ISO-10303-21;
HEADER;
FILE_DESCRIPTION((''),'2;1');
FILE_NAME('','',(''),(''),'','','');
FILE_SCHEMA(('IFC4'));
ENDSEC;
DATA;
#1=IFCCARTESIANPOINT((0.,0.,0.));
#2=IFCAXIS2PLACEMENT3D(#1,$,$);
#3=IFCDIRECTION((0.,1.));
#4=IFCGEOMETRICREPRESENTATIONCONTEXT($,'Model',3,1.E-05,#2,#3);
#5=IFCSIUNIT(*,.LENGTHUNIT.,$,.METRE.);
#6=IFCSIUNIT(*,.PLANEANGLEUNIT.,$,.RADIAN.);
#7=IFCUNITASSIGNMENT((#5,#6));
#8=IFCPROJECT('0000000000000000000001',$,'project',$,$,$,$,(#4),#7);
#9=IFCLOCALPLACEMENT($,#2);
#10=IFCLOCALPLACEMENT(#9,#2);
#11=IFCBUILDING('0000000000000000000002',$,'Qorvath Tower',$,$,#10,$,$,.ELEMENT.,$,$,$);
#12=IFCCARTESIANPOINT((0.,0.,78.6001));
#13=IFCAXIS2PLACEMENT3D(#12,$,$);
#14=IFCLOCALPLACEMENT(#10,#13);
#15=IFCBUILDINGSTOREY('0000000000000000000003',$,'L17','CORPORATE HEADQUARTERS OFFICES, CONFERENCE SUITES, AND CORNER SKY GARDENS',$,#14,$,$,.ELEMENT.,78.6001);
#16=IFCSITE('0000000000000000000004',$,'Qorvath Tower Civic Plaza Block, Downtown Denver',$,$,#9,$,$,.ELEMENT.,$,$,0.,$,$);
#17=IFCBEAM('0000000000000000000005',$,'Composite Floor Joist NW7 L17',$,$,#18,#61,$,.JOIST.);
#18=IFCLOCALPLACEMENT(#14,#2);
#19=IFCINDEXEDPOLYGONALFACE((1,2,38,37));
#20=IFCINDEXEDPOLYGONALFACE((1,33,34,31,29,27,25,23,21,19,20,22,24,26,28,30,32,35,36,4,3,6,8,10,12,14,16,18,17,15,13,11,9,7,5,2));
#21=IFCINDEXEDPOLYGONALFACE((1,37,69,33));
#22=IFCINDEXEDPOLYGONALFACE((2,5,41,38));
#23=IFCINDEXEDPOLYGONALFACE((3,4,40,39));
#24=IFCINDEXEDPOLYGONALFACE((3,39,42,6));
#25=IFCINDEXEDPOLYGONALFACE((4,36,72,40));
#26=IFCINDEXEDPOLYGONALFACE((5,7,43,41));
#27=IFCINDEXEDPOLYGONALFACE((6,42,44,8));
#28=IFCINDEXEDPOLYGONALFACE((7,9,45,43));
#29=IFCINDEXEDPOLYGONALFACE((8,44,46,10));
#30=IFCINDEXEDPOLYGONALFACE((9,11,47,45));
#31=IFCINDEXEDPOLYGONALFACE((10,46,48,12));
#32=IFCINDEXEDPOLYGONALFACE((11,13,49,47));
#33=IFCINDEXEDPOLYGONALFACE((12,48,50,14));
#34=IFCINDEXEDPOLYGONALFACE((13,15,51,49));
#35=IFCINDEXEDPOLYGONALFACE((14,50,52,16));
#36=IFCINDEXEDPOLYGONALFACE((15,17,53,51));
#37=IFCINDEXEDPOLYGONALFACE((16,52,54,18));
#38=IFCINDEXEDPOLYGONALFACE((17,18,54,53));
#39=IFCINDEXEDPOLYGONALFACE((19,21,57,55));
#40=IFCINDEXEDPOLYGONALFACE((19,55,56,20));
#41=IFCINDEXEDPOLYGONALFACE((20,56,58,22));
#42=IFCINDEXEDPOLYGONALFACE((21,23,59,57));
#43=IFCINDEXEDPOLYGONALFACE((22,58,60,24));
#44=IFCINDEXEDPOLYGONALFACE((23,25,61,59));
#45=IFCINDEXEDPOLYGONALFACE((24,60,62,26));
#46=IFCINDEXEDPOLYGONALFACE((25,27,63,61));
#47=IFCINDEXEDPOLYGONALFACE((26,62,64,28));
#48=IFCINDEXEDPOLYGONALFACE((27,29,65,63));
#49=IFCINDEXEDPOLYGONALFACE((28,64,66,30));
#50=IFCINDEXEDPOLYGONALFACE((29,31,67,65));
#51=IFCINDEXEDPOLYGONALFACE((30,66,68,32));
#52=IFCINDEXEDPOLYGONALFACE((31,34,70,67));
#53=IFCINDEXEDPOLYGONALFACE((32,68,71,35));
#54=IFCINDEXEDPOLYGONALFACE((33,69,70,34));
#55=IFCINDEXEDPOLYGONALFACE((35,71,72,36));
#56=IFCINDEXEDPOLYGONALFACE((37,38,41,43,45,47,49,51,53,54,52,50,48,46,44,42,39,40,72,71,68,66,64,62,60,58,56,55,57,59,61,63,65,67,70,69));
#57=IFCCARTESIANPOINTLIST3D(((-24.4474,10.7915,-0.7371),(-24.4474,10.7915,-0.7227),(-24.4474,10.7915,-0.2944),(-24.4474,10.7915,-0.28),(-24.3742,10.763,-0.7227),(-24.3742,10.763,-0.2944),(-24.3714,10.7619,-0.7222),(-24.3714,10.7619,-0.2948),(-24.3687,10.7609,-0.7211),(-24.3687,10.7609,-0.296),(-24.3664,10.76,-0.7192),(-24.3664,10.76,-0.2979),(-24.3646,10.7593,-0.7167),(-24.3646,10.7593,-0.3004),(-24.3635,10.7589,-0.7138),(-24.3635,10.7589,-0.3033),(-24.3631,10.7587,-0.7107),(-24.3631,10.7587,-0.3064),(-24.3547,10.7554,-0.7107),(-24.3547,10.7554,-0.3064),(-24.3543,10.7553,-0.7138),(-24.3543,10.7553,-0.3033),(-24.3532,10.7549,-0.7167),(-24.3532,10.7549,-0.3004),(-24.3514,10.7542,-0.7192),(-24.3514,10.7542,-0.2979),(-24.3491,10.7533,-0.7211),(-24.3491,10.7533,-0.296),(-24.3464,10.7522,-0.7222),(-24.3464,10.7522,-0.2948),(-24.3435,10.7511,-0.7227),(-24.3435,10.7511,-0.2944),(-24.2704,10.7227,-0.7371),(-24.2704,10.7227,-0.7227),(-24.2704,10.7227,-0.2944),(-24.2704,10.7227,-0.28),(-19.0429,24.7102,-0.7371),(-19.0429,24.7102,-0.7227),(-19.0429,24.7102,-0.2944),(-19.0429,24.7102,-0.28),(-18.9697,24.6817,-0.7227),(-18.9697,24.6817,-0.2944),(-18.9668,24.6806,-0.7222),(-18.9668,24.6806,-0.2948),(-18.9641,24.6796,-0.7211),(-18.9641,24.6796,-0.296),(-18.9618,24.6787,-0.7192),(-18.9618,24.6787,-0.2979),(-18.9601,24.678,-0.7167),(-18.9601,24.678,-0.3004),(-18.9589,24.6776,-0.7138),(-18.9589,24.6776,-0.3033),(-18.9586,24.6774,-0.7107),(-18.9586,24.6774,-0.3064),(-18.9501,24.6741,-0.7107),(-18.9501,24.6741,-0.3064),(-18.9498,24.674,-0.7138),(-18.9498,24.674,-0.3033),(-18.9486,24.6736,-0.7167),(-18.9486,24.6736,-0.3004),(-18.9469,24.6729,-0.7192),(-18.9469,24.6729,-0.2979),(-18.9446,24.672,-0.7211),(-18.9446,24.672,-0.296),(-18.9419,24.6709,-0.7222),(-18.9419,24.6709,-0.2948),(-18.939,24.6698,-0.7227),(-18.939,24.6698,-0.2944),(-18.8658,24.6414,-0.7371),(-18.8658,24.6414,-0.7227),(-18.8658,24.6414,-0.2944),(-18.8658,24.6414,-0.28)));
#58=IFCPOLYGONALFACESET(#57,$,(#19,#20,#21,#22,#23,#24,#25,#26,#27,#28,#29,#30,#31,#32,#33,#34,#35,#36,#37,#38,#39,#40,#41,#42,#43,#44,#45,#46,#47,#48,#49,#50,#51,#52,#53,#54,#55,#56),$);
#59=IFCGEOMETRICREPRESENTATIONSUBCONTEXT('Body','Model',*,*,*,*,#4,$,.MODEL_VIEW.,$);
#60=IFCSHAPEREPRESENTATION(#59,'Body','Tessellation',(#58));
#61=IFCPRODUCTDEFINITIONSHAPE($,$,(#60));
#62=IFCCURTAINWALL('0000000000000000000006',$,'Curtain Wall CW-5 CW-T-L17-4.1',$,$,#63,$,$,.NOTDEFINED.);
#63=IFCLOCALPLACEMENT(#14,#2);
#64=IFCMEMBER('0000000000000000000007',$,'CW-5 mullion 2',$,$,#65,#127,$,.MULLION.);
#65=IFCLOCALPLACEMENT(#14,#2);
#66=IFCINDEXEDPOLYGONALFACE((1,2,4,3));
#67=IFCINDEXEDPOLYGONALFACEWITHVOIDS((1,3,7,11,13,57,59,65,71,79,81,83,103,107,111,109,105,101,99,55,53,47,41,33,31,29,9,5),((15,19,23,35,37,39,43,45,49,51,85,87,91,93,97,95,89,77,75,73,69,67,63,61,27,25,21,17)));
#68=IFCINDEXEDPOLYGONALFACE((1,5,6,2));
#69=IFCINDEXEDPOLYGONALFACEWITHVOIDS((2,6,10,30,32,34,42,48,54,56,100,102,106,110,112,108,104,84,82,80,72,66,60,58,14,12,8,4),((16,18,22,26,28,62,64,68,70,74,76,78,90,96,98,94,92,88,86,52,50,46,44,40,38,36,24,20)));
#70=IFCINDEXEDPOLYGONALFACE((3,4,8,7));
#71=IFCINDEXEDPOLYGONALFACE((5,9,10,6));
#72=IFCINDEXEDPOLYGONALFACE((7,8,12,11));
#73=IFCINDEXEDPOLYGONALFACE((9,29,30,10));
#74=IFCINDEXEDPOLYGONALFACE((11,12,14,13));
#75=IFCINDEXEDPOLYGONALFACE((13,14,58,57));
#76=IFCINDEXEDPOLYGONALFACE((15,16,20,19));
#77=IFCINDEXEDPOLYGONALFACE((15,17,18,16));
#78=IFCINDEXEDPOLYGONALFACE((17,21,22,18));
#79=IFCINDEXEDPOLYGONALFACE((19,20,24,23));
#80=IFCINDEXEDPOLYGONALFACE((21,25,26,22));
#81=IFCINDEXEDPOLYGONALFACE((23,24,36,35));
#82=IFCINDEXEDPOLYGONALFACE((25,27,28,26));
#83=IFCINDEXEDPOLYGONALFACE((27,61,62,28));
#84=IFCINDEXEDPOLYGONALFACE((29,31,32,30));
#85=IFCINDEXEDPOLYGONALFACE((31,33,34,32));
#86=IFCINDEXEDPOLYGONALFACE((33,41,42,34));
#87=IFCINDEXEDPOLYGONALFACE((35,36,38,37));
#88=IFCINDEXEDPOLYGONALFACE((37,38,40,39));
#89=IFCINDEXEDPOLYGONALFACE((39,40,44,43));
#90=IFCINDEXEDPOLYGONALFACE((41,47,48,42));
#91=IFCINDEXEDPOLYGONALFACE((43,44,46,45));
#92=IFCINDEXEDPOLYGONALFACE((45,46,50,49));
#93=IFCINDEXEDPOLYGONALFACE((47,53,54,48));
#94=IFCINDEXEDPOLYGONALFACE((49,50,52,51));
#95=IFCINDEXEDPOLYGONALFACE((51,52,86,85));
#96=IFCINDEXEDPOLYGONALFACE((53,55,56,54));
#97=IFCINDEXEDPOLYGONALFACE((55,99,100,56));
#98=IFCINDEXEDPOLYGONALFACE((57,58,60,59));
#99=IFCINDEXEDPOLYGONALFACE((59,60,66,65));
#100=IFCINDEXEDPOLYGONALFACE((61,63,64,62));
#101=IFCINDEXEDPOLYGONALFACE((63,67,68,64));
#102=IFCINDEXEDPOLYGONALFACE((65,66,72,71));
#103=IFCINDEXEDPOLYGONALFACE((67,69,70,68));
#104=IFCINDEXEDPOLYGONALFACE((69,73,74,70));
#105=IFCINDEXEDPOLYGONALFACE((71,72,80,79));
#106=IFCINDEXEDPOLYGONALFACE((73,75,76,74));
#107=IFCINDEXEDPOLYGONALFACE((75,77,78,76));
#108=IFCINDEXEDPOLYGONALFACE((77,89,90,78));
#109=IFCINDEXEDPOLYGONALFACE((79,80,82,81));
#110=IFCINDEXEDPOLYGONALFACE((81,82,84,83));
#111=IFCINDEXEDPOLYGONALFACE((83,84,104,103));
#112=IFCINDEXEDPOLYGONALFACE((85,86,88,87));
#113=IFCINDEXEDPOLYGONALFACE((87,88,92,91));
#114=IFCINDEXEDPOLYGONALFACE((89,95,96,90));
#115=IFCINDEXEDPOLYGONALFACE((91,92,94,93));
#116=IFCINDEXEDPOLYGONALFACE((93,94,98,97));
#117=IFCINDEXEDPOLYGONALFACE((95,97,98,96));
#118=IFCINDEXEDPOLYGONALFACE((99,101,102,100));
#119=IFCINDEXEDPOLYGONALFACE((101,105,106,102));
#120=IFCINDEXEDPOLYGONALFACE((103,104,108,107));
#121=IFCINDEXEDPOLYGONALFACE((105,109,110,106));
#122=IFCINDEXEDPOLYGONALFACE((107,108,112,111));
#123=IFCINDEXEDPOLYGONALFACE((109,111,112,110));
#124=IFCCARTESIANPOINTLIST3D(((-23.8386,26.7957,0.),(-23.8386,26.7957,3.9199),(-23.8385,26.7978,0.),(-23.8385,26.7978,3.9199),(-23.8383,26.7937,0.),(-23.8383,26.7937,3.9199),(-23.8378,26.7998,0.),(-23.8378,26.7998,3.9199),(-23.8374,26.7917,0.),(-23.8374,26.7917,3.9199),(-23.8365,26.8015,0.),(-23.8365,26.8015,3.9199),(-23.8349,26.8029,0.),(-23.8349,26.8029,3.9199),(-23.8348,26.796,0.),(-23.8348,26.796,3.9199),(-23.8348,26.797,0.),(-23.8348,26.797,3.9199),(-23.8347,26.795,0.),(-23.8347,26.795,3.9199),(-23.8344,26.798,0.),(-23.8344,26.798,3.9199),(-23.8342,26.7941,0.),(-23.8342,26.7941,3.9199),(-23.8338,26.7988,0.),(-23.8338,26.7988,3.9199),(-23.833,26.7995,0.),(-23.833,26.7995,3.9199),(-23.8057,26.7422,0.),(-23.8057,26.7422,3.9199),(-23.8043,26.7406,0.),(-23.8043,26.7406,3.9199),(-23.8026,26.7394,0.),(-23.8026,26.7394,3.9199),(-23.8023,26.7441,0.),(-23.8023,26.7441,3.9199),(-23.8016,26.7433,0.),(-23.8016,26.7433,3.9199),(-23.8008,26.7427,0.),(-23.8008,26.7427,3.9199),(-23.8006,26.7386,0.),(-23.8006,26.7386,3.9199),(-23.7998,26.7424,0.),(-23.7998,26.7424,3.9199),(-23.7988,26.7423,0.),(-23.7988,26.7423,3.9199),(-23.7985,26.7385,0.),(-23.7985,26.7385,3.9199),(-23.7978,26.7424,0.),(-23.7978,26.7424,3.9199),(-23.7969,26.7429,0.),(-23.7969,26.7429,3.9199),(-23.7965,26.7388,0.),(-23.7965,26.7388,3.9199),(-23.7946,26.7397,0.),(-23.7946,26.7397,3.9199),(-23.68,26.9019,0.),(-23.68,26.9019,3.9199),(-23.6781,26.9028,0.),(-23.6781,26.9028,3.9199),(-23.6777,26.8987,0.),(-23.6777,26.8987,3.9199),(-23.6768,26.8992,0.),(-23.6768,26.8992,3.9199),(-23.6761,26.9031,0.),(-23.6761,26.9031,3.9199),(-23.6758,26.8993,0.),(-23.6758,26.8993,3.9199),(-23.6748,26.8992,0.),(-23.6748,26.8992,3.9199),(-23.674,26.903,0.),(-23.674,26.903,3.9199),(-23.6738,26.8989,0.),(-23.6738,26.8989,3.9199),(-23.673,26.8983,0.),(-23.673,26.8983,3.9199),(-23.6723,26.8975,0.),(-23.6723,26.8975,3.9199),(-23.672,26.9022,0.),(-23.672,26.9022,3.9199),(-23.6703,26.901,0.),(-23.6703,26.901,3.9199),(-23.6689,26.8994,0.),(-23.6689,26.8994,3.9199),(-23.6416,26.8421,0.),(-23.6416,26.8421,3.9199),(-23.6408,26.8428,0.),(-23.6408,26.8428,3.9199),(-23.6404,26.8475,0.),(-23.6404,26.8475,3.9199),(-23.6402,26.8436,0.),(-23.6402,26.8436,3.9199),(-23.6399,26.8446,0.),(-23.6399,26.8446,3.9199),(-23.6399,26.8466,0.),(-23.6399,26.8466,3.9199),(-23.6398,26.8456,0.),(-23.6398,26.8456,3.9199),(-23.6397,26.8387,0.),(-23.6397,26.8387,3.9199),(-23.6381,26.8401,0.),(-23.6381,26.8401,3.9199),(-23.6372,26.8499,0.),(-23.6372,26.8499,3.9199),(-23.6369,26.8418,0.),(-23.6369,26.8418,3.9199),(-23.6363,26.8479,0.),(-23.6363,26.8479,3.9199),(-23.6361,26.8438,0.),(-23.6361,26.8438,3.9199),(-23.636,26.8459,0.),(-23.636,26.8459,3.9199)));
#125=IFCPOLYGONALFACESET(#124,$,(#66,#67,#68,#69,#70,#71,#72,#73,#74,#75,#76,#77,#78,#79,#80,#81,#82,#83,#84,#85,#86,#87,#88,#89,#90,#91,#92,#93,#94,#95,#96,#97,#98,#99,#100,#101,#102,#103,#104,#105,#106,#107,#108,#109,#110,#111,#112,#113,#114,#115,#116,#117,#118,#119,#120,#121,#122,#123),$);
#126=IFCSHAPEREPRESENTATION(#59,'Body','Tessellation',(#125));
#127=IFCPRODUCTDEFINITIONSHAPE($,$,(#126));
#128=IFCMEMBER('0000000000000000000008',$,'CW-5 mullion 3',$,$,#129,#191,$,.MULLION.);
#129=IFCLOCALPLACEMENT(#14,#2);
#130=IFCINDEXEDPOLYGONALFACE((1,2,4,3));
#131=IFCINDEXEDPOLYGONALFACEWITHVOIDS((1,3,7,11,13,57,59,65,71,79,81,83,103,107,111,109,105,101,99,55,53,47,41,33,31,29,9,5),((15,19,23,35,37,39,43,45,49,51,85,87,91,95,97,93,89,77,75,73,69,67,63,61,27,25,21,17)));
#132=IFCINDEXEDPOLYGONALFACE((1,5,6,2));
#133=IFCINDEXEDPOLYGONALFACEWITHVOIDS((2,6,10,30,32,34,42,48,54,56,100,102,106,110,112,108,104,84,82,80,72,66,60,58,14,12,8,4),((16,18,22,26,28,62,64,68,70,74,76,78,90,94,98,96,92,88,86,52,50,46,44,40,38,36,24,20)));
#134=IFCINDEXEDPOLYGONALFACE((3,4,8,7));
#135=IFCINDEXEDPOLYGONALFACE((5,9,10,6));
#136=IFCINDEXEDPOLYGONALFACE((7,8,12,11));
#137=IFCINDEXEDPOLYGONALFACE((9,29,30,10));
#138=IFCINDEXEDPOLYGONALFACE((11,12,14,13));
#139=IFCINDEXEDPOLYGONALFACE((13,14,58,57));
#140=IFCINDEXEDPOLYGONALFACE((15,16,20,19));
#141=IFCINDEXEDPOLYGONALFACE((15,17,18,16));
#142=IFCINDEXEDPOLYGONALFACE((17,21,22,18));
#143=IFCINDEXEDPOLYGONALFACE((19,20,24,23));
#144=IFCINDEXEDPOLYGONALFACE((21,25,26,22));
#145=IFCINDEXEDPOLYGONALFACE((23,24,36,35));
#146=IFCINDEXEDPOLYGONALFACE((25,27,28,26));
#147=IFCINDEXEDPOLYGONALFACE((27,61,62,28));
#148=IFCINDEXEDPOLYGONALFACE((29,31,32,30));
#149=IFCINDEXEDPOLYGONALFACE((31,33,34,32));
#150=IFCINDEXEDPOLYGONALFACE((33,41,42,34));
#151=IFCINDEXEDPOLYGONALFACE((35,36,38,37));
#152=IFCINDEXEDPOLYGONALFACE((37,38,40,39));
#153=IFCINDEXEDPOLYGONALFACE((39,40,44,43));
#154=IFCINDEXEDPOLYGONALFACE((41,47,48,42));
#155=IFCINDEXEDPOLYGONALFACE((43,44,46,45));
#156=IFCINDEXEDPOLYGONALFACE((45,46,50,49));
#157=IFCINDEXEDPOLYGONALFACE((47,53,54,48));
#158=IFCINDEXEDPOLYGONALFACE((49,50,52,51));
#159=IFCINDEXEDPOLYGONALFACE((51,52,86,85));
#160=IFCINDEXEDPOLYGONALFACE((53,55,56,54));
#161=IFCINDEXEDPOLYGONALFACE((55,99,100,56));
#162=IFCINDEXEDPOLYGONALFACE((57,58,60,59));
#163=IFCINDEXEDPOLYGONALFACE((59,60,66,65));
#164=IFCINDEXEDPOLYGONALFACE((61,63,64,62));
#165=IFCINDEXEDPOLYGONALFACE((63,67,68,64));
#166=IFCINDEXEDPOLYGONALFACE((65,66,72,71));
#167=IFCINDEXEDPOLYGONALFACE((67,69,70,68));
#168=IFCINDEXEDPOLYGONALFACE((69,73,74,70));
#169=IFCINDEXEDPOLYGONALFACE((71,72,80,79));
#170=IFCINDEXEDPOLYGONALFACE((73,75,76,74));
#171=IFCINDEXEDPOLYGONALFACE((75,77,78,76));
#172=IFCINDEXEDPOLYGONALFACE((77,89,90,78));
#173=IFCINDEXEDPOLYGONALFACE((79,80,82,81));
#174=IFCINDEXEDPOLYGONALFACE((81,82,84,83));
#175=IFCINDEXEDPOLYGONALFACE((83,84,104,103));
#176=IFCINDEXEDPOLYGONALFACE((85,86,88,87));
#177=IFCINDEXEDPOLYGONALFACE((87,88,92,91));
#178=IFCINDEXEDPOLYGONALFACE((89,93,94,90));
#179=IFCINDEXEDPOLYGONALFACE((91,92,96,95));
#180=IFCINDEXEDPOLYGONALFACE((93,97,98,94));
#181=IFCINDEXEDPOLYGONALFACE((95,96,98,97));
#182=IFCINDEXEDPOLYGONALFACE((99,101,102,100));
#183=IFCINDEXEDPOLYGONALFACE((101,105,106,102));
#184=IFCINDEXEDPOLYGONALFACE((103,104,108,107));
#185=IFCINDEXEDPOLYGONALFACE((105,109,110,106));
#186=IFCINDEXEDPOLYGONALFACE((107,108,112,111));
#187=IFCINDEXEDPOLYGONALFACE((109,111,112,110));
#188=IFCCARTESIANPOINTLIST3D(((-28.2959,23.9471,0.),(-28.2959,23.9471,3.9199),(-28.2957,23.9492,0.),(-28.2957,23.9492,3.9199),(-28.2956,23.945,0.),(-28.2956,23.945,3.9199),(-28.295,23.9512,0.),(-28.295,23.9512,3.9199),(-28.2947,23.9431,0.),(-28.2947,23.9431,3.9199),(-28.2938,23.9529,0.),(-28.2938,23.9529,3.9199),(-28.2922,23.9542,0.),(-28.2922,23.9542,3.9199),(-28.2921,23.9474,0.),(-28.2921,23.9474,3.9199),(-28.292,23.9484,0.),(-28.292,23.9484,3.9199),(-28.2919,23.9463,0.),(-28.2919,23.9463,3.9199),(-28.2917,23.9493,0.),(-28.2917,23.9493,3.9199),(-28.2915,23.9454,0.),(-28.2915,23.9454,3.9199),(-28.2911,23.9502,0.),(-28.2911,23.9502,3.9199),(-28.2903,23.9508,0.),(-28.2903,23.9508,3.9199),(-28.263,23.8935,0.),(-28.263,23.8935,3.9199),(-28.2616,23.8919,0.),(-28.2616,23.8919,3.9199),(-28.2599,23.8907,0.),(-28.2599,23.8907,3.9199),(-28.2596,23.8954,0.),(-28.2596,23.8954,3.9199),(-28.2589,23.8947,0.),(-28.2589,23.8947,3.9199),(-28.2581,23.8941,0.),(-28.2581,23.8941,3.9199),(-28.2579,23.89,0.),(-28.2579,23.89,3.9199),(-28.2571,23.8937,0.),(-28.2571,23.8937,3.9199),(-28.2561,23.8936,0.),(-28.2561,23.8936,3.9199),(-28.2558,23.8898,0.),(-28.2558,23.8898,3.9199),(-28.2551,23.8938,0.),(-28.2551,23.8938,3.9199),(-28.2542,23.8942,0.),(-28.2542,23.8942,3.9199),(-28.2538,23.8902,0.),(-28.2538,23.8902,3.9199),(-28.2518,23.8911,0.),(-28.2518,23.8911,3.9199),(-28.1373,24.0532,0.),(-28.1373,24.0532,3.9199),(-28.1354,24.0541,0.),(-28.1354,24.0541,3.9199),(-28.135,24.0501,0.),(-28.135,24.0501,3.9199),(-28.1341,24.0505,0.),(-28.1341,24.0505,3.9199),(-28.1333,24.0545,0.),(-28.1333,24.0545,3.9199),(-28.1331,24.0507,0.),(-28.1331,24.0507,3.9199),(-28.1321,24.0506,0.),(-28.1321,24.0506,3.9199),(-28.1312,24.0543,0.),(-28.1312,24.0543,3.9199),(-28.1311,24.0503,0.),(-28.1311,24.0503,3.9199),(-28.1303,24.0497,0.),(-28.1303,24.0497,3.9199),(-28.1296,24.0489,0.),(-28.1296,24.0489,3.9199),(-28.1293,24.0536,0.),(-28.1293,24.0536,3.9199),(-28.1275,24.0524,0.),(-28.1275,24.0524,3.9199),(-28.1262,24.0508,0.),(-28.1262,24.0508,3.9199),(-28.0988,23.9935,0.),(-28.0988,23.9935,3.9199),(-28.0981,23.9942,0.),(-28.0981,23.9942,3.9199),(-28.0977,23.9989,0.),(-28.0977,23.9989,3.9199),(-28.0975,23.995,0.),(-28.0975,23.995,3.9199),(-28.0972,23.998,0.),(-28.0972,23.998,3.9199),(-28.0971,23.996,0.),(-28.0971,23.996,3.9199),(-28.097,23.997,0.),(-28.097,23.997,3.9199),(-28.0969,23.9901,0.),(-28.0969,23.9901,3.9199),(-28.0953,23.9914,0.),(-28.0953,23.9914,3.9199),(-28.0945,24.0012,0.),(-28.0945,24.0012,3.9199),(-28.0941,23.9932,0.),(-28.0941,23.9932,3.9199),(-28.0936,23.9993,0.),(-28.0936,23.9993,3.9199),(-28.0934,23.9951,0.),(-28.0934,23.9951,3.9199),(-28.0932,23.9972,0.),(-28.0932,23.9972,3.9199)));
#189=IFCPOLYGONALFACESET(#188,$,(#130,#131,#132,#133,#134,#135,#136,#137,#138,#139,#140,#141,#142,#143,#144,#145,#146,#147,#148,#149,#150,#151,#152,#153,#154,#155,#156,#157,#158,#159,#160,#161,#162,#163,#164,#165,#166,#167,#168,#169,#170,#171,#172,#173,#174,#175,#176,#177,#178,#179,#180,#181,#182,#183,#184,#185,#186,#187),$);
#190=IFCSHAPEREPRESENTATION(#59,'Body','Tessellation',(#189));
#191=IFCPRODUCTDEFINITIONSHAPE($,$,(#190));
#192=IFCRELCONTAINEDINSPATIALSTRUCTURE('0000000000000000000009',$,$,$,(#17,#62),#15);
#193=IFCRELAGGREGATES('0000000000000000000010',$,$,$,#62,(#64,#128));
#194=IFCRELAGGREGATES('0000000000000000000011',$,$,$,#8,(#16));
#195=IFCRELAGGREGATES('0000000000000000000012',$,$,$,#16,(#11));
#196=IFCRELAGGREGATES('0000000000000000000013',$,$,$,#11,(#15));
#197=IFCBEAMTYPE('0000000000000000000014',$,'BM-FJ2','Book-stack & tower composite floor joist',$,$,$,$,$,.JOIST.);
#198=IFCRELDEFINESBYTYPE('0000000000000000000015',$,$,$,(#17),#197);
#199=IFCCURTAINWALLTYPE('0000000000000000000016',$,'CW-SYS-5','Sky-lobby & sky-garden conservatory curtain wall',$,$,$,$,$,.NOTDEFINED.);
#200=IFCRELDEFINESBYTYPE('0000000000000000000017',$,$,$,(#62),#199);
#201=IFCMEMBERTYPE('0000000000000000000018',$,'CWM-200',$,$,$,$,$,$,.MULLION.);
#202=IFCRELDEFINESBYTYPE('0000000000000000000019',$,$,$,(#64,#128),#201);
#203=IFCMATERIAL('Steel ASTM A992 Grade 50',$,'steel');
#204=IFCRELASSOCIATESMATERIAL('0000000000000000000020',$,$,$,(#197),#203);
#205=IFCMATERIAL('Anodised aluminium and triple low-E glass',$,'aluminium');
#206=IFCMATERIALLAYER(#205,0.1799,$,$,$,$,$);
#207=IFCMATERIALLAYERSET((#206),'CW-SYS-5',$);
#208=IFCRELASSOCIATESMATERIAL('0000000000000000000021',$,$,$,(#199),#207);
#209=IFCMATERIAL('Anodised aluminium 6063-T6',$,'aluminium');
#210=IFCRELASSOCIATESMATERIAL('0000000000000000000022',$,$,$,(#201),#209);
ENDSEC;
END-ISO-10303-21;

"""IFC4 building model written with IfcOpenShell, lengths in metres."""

from ifc_helpers import new_model, si_unit, direction, frame, origin, origin_2d, place, context, subcontext, project, spatial, hollow_rectangle, i_section, extrude, material, layer, layer_set, material_profile, profile_set, type_object, element, aggregate, save


model = new_model("IFC4")

# Units and contexts
model_context = context("Model", 3, precision=1e-05, world=origin(), true_north=direction((0.0, 1.0)))
body_context = subcontext(model_context, "Body", "Model", "MODEL_VIEW")
ifc_project = project(units=[si_unit("LENGTHUNIT", "METRE"), si_unit("PLANEANGLEUNIT", "RADIAN")], contexts=[model_context])

# Site, building, storey
site_placement = place(None, origin())
site = spatial("IfcSite", under=ifc_project, at=site_placement, Name="Qorvath Tower Civic Plaza Block, Downtown Denver", CompositionType="ELEMENT", RefElevation=0.0)
building_placement = place(site_placement, origin())
building = spatial("IfcBuilding", under=site, at=building_placement, Name="Qorvath Tower", CompositionType="ELEMENT")
storey_placement = place(building_placement, frame((0.0, 0.0, 78.6001)))
storey = spatial("IfcBuildingStorey", under=building, at=storey_placement, Name="L17", Description="CORPORATE HEADQUARTERS OFFICES, CONFERENCE SUITES, AND CORNER SKY GARDENS", CompositionType="ELEMENT", Elevation=78.6001)

# Beam
ifc_material_1 = material(Name="Steel ASTM A992 Grade 50", Category="steel")
ifc_material_profile_1 = material_profile(ifc_material_1, i_section(OverallWidth=0.1899, OverallDepth=0.457, WebThickness=0.009, FlangeThickness=0.0144, FilletRadius=0.012, at=origin_2d()), Name="W18x50")
ifc_profile_set_1 = profile_set([ifc_material_profile_1], Name="Steel ASTM A992 Grade 50")
beam_type_1 = type_object("IfcBeamType", Name="BM-FJ2", Description="Book-stack & tower composite floor joist", PredefinedType="JOIST", material=ifc_profile_set_1)
beam_1_placement = place(storey_placement, frame((-24.3589, 10.7571, -0.5085), z_axis=(0.361964, 0.932192, 0.0), x_axis=(-0.932192, 0.361964, 0.0)))
element("IfcBeam", 1, at=beam_1_placement, inside=storey, type_object=beam_type_1, Name="Composite Floor Joist NW7 L17", PredefinedType="JOIST", context=body_context, shape_type="SweptSolid", body=[
    extrude(i_section(OverallWidth=0.1899, OverallDepth=0.457, WebThickness=0.009, FlangeThickness=0.0144, FilletRadius=0.012, at=origin_2d()), origin(), (0.0, 0.0, 1.0), 14.9312),
])

# Curtain wall, members
ifc_material_2 = material(Name="Anodised aluminium and triple low-E glass", Category="aluminium")
ifc_layer_1 = layer(ifc_material_2, 0.1799)
ifc_layer_set_1 = layer_set([ifc_layer_1], Name="CW-SYS-5")
curtain_wall_type = type_object("IfcCurtainWallType", Name="CW-SYS-5", Description="Sky-lobby & sky-garden conservatory curtain wall", PredefinedType="NOTDEFINED", material=ifc_layer_set_1)
curtain_wall_placement = place(storey_placement, origin())
curtain_wall = element("IfcCurtainWall", 2, at=curtain_wall_placement, inside=storey, type_object=curtain_wall_type, Name="Curtain Wall CW-5 CW-T-L17-4.1", PredefinedType="NOTDEFINED")
ifc_material_3 = material(Name="Anodised aluminium 6063-T6", Category="aluminium")
ifc_material_profile_2 = material_profile(ifc_material_3, hollow_rectangle(XDim=0.075, YDim=0.2, WallThickness=0.0039, InnerFilletRadius=0.0039, OuterFilletRadius=0.0081, at=origin_2d()), Name="CWM 200x75")
ifc_profile_set_2 = profile_set([ifc_material_profile_2], Name="Anodised aluminium 6063-T6")
member_type_1 = type_object("IfcMemberType", Name="CWM-200", PredefinedType="MULLION", material=ifc_profile_set_2)
member_1_placement = place(storey_placement, frame((-23.7373, 26.8208, 0.0), z_axis=(0.0, 0.0, 1.0), x_axis=(0.538533, -0.842604, 0.0)))
member_1 = element("IfcMember", 3, at=member_1_placement, type_object=member_type_1, Name="CW-5 mullion 2", PredefinedType="MULLION", context=body_context, shape_type="SweptSolid", body=[
    extrude(hollow_rectangle(XDim=0.075, YDim=0.2, WallThickness=0.0039, InnerFilletRadius=0.0039, OuterFilletRadius=0.0081, at=origin_2d()), origin(), (0.0, 0.0, 1.0), 3.9199),
])
member_2_placement = place(storey_placement, frame((-28.1946, 23.9722, 0.0), z_axis=(0.0, 0.0, 1.0), x_axis=(0.538533, -0.842604, 0.0)))
member_2 = element("IfcMember", 4, at=member_2_placement, type_object=member_type_1, Name="CW-5 mullion 3", PredefinedType="MULLION", context=body_context, shape_type="SweptSolid", body=[
    extrude(hollow_rectangle(XDim=0.075, YDim=0.2, WallThickness=0.0039, InnerFilletRadius=0.0039, OuterFilletRadius=0.0081, at=origin_2d()), origin(), (0.0, 0.0, 1.0), 3.9199),
])
aggregate(curtain_wall, [member_1, member_2])

save(model, "model.ifc")
